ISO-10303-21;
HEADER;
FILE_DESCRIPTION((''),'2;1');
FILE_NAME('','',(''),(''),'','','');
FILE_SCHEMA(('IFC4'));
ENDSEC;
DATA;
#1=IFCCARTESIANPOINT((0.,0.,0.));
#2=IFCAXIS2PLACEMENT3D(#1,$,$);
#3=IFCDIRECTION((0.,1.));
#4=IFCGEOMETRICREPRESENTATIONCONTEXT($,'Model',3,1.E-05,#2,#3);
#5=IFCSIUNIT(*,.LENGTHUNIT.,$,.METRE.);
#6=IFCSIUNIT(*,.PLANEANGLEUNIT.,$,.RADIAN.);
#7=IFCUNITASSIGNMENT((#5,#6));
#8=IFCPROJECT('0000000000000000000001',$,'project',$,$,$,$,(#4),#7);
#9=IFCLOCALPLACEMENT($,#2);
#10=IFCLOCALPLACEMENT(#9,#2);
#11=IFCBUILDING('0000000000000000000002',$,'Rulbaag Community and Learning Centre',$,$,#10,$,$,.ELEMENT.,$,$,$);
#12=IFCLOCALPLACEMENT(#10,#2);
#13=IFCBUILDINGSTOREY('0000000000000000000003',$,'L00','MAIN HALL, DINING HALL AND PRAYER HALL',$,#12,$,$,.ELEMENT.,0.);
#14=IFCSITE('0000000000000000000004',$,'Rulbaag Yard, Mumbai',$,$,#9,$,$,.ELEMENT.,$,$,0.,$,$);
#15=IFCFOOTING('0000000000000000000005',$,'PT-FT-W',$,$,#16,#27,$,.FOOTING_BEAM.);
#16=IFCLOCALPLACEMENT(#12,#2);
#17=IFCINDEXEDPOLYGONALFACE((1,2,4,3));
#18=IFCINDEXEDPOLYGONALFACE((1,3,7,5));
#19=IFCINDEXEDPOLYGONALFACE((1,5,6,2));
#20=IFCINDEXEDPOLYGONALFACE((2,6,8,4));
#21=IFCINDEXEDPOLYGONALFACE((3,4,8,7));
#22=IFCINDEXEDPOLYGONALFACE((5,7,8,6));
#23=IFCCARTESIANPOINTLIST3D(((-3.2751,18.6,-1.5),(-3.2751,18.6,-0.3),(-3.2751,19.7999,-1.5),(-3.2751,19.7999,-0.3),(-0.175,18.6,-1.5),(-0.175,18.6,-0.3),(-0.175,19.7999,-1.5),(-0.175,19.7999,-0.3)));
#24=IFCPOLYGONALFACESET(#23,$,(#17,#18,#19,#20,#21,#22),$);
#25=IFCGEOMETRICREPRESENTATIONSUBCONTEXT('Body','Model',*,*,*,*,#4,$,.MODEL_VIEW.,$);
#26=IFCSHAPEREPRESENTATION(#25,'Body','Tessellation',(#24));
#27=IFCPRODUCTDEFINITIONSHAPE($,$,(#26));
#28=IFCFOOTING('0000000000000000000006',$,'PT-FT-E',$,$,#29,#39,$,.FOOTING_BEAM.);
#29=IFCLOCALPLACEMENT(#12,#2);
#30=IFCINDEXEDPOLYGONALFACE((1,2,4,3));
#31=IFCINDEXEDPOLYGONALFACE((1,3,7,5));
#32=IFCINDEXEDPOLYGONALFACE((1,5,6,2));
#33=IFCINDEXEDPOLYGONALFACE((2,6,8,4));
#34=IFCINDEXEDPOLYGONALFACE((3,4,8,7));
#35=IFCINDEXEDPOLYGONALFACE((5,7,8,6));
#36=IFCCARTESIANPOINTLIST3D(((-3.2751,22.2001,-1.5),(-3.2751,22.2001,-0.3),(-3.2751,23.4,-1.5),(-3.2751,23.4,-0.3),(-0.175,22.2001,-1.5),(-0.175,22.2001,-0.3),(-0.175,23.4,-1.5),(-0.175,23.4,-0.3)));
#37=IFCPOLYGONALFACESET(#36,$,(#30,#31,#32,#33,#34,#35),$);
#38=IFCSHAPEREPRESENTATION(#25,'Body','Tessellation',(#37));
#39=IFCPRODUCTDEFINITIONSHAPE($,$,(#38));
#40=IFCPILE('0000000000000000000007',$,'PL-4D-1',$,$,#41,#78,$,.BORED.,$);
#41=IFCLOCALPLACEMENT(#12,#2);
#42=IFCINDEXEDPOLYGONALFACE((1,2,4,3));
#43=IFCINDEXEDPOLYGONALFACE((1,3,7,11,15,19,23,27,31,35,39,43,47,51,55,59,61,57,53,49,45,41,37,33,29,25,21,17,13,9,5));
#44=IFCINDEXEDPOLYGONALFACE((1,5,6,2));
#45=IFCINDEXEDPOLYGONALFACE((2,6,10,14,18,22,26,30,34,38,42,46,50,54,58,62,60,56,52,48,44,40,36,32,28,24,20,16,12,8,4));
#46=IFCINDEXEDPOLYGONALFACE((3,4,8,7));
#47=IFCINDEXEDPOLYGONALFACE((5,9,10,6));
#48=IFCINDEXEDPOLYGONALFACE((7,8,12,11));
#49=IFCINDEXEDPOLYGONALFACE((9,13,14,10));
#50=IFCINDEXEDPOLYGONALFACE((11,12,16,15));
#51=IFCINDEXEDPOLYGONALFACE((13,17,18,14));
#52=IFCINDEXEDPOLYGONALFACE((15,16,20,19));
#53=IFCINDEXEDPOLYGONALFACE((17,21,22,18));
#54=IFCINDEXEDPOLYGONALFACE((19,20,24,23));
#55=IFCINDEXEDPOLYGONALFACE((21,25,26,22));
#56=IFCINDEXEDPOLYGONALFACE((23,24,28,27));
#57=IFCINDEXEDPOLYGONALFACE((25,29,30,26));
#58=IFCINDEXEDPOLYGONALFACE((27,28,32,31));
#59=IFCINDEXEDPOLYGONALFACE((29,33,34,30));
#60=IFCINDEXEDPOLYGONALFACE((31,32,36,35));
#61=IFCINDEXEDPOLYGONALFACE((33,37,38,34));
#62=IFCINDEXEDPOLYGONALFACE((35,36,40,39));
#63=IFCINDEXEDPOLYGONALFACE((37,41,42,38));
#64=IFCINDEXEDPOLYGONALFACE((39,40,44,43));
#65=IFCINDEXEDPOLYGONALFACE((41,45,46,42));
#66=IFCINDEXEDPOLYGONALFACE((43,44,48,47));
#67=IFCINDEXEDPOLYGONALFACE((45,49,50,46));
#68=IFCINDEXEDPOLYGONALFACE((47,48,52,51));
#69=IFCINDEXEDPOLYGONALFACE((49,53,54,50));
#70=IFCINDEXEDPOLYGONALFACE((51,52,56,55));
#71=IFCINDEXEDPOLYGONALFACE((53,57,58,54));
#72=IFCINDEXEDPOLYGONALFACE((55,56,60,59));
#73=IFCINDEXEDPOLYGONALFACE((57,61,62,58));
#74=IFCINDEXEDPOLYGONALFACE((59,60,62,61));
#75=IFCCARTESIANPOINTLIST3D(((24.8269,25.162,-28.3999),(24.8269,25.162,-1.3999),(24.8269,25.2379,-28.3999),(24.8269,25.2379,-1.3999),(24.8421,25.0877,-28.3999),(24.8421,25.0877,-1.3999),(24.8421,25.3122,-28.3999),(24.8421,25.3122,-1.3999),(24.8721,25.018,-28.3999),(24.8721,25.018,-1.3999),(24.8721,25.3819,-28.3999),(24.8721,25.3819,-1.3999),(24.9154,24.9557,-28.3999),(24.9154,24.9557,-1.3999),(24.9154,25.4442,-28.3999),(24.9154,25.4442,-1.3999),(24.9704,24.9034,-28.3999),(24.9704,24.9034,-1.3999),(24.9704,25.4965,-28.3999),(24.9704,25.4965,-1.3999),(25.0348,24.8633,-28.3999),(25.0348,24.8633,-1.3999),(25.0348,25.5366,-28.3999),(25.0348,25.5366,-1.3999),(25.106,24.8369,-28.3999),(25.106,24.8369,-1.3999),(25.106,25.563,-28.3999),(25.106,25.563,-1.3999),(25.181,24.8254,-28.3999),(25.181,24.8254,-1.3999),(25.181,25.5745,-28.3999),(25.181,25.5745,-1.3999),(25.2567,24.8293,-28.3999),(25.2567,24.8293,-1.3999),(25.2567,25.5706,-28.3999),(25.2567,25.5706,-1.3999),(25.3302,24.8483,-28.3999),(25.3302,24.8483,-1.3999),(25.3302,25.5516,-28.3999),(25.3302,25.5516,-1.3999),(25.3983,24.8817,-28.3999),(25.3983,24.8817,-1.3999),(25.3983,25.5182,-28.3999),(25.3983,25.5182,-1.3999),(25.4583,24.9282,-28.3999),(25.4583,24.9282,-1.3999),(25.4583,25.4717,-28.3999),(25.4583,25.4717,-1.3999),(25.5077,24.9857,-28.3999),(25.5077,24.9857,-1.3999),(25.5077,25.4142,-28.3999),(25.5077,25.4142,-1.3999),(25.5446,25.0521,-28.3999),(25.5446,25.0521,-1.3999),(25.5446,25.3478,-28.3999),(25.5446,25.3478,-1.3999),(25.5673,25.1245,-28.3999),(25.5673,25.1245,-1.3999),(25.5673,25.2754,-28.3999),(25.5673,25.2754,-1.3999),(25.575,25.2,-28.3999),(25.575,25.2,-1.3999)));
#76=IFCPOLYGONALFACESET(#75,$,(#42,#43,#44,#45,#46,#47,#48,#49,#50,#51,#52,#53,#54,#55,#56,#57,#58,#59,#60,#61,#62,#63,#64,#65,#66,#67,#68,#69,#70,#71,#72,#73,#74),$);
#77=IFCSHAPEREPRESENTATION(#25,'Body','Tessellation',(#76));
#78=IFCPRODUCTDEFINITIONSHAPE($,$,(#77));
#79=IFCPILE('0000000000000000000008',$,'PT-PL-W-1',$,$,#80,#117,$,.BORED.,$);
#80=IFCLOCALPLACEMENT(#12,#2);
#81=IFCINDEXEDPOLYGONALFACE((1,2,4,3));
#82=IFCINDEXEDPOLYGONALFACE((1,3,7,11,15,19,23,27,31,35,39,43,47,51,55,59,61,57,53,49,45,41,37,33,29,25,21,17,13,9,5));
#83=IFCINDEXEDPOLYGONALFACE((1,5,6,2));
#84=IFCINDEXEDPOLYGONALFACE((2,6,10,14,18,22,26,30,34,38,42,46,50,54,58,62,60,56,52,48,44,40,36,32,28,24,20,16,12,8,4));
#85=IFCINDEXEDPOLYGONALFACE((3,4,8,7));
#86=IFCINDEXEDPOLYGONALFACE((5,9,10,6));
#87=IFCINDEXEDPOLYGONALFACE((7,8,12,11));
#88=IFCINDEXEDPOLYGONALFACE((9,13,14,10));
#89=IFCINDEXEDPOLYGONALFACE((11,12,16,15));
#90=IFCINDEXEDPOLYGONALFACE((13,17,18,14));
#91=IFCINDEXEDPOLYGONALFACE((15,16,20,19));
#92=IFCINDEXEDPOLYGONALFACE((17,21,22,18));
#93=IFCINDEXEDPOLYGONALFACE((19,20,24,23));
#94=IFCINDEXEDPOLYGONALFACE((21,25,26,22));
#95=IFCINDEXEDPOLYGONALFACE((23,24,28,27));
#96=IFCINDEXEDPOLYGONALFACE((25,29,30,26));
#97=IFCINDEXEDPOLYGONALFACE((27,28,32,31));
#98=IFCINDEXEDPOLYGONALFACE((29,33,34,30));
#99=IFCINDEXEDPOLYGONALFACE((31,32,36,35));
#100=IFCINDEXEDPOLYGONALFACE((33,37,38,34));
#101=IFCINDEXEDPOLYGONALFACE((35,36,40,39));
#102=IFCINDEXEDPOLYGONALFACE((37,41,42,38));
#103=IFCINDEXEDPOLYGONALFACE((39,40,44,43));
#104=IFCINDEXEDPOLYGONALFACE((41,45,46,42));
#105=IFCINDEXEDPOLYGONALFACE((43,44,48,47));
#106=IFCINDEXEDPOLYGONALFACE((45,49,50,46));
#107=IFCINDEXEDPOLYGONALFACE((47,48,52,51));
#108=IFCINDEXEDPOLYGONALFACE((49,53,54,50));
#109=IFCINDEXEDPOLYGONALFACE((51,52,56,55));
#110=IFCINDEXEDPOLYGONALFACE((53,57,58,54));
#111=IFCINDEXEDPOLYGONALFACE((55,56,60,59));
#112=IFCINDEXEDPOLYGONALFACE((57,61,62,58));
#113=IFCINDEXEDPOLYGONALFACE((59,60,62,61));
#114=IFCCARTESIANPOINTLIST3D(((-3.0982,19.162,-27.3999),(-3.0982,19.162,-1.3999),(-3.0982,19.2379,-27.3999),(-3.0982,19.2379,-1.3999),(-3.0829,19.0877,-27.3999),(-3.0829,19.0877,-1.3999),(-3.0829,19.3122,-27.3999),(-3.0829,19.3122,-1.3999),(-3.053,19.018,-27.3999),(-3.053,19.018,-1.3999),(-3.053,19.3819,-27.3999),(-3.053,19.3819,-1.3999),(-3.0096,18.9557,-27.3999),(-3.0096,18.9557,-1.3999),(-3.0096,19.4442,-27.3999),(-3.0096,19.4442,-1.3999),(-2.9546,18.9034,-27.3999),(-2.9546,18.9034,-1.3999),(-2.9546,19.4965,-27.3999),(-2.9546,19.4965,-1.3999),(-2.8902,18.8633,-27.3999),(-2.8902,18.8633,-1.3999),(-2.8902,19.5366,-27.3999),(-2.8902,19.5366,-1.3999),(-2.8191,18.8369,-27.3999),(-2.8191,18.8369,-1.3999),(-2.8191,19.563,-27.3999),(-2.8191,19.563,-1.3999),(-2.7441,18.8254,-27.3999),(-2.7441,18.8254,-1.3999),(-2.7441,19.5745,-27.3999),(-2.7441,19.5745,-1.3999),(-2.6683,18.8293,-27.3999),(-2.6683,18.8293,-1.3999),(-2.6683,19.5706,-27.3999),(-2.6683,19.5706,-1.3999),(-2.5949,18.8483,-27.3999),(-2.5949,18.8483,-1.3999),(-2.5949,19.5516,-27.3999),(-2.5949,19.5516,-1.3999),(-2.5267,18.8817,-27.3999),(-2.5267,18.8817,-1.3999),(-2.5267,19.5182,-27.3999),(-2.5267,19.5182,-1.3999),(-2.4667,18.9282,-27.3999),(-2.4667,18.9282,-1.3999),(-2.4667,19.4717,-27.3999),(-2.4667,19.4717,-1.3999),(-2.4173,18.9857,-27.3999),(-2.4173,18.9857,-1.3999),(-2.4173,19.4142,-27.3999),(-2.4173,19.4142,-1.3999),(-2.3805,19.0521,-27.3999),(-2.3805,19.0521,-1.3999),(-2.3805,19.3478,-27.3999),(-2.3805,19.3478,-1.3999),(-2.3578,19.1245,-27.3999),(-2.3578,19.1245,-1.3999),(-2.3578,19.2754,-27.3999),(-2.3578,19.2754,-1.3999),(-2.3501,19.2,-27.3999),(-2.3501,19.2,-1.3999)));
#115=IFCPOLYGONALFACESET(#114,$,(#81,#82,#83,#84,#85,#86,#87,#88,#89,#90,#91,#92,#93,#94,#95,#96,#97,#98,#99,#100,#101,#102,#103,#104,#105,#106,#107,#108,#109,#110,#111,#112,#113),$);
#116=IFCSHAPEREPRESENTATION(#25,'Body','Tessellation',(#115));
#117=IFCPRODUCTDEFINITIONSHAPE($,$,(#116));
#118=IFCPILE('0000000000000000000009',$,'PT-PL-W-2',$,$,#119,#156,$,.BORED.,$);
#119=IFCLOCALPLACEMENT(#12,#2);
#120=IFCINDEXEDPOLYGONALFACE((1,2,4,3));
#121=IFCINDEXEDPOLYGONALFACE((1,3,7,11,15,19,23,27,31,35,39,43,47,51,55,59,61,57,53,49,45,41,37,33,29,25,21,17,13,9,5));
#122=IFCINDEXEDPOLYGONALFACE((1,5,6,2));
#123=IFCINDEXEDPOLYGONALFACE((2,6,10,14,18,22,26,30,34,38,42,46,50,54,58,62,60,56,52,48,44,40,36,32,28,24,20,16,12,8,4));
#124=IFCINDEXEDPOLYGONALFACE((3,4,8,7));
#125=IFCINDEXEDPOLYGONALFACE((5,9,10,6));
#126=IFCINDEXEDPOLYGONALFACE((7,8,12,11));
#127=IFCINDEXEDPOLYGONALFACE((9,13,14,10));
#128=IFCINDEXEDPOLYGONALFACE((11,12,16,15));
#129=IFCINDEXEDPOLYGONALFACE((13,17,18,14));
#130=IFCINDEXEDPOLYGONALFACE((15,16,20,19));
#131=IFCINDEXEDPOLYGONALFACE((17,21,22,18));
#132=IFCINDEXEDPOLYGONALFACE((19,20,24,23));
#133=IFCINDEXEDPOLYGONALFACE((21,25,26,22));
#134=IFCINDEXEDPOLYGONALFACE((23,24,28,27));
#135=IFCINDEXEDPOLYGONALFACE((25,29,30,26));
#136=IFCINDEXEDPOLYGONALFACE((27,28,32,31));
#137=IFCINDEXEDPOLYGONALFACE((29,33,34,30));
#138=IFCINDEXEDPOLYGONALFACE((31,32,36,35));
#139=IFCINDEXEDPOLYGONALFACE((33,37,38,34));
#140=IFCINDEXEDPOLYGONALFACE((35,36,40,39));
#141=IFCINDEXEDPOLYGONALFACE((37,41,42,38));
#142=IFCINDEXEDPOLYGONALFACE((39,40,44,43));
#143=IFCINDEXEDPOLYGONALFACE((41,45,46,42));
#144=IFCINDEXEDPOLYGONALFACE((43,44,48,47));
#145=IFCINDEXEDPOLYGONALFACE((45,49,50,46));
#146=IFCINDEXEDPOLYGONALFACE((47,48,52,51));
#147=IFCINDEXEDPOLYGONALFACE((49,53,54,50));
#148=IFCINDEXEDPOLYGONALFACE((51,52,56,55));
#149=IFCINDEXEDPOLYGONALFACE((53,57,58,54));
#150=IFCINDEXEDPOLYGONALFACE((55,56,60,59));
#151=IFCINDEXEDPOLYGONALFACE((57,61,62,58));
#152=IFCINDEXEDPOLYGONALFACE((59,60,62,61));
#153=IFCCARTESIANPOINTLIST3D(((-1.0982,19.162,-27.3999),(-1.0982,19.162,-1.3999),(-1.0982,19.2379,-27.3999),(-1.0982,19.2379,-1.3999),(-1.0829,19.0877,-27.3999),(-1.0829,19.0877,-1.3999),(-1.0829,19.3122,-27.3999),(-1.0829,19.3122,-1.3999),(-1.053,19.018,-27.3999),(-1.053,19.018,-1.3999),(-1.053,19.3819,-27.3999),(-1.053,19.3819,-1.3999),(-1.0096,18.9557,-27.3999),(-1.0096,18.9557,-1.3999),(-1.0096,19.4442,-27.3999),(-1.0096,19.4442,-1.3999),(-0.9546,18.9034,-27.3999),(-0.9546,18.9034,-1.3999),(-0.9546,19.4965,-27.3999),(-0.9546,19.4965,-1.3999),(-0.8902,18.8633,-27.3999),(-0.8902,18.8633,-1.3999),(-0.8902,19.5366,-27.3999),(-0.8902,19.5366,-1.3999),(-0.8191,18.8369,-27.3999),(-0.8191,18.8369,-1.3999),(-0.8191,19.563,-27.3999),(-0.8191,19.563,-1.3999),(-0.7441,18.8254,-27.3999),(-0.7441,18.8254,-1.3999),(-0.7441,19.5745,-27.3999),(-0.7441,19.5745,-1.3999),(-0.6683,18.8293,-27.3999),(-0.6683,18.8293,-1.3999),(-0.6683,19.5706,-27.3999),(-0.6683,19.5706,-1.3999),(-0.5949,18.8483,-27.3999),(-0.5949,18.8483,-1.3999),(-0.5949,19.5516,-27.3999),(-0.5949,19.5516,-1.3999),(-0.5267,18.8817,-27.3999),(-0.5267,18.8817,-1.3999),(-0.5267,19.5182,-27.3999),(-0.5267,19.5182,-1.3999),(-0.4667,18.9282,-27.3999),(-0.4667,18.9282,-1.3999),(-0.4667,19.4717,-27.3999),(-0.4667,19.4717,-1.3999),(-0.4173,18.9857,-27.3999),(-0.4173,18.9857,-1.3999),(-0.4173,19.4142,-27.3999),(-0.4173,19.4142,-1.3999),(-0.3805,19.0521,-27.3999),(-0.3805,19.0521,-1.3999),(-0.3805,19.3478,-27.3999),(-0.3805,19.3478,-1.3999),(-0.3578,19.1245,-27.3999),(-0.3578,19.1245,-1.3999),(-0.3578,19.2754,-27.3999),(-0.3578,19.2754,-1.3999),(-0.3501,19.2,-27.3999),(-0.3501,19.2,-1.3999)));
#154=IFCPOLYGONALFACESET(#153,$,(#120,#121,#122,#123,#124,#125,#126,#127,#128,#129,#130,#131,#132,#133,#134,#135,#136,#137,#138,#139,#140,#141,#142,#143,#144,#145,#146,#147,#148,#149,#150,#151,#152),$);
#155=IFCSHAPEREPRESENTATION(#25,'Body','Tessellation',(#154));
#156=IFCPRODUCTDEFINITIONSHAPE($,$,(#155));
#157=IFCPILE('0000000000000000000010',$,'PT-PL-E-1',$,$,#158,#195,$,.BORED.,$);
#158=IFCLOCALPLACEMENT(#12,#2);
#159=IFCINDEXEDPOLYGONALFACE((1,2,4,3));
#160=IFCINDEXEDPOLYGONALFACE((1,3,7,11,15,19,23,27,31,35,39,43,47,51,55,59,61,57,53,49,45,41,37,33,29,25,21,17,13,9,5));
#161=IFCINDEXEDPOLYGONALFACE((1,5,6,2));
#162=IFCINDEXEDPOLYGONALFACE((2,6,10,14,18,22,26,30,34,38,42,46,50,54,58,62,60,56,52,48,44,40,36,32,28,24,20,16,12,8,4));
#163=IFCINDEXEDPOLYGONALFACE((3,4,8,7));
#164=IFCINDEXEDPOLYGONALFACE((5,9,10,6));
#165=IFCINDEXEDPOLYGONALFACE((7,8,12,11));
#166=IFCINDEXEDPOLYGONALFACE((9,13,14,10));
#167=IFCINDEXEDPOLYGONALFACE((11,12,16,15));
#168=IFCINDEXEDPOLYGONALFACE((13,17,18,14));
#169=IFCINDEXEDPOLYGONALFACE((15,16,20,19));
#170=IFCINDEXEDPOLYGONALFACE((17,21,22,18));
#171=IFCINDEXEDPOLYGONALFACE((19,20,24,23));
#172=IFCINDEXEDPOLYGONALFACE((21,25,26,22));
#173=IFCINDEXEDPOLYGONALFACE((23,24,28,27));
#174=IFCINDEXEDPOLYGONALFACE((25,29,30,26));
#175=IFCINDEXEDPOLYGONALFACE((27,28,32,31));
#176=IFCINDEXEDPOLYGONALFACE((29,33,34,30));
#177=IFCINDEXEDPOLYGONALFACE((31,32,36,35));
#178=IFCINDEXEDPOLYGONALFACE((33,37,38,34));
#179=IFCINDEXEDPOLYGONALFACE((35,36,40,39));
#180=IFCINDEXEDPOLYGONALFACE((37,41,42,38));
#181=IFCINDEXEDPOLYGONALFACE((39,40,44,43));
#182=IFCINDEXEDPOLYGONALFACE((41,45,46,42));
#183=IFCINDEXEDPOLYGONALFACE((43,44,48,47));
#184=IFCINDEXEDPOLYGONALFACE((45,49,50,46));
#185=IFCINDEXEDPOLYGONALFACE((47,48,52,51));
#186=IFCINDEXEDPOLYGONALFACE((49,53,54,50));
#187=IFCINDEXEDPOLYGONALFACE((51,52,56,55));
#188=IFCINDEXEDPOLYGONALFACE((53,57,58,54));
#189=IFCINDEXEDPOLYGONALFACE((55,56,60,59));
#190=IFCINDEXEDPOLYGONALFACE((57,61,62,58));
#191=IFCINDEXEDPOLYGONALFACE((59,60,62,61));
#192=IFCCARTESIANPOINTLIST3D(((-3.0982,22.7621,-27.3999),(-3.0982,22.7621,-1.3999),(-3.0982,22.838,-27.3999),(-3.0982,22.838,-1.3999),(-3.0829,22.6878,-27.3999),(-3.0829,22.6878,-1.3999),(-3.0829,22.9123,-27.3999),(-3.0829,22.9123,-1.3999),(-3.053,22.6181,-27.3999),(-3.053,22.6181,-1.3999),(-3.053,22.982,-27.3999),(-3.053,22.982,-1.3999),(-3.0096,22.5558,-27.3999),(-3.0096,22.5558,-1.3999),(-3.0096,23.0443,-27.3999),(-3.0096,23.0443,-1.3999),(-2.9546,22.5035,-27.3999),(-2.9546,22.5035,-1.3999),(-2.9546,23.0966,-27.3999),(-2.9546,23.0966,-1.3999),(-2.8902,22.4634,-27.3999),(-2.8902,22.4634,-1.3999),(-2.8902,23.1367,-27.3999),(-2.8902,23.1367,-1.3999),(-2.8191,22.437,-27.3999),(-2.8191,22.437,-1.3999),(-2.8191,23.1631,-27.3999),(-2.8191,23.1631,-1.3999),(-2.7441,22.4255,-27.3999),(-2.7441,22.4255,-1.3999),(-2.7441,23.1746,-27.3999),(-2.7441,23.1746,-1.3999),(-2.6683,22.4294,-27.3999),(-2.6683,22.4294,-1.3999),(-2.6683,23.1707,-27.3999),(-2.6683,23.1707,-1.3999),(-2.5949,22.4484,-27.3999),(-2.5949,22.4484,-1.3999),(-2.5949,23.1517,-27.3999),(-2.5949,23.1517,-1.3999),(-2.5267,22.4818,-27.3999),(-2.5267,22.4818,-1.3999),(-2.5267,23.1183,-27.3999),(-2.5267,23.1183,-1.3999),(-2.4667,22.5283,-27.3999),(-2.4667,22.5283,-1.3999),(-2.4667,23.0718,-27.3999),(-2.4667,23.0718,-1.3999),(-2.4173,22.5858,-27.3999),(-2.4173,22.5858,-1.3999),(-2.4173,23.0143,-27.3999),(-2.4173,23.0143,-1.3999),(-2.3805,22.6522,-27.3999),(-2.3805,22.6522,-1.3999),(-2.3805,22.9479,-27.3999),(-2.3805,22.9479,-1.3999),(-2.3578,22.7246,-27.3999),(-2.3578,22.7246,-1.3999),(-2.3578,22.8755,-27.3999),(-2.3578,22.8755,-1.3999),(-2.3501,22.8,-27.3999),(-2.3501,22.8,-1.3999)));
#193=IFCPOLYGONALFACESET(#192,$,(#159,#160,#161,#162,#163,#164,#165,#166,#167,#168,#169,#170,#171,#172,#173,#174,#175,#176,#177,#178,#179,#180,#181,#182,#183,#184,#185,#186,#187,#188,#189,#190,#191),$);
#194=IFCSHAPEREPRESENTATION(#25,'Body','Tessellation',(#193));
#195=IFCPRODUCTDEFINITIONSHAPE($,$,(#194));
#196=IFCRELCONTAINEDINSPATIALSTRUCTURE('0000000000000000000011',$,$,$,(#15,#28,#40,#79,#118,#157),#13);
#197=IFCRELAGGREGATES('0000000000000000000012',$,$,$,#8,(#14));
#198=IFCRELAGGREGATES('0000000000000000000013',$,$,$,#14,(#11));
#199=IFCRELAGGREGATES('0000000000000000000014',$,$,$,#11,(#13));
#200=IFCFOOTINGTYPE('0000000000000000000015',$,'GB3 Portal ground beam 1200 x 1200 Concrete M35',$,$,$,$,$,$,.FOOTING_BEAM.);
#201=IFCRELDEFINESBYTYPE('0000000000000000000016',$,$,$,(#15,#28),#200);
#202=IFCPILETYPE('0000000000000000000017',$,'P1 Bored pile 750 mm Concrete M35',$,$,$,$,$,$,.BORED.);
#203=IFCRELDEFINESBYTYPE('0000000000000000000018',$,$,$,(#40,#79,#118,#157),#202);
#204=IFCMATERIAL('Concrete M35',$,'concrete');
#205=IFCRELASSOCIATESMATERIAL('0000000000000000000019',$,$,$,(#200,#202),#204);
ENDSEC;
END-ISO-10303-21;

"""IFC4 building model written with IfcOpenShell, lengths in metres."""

from ifc_helpers import new_model, si_unit, direction, frame, origin, origin_2d, place, context, subcontext, project, spatial, rectangle, circle, extrude, material, material_profile, profile_set, type_object, element, save


model = new_model("IFC4")

# Units and contexts
model_context = context("Model", 3, precision=1e-05, world=origin(), true_north=direction((0.0, 1.0)))
body_context = subcontext(model_context, "Body", "Model", "MODEL_VIEW")
ifc_project = project(units=[si_unit("LENGTHUNIT", "METRE"), si_unit("PLANEANGLEUNIT", "RADIAN")], contexts=[model_context])

# Site, building, storey
site_placement = place(None, origin())
site = spatial("IfcSite", under=ifc_project, at=site_placement, Name="Rulbaag Yard, Mumbai", CompositionType="ELEMENT", RefElevation=0.0)
building_placement = place(site_placement, origin())
building = spatial("IfcBuilding", under=site, at=building_placement, Name="Rulbaag Community and Learning Centre", CompositionType="ELEMENT")
storey_placement = place(building_placement, origin())
storey = spatial("IfcBuildingStorey", under=building, at=storey_placement, Name="L00", Description="MAIN HALL, DINING HALL AND PRAYER HALL", CompositionType="ELEMENT", Elevation=0.0)

# Footings
ifc_material_1 = material(Name="Concrete M35", Category="concrete")
footing_type_1 = type_object("IfcFootingType", Name="GB3 Portal ground beam 1200 x 1200 Concrete M35", PredefinedType="FOOTING_BEAM", material=ifc_material_1)
for number, where, z_axis, x_axis, name in (
    (1, (-1.7251, 19.2, -1.5), (0.0, 0.0, 1.0), (1.0, 0.0, 0.0), "PT-FT-W"),
    (2, (-1.7251, 22.8, -1.5), (0.0, 0.0, 1.0), (1.0, 0.0, 0.0), "PT-FT-E"),
):
    element("IfcFooting", number, at=place(storey_placement, frame(where, z_axis=z_axis, x_axis=x_axis)), inside=storey, type_object=footing_type_1, Name=name, PredefinedType="FOOTING_BEAM", context=body_context, shape_type="SweptSolid", body=[
        extrude(rectangle(XDim=3.1001, YDim=1.2, at=origin_2d()), origin(), (0.0, 0.0, 1.0), 1.2),
    ])

# Piles
ifc_material_profile_1 = material_profile(ifc_material_1, circle(Radius=0.375, at=origin_2d()), Name="BP750")
ifc_profile_set_1 = profile_set([ifc_material_profile_1], Name="Concrete M35")
pile_type = type_object("IfcPileType", Name="P1 Bored pile 750 mm Concrete M35", PredefinedType="BORED", material=ifc_profile_set_1)
pile_placement = place(storey_placement, frame((25.2, 25.2, -1.3999), z_axis=(0.0, 0.0, -1.0), x_axis=(1.0, 0.0, 0.0)))
element("IfcPile", 3, at=pile_placement, inside=storey, type_object=pile_type, Name="PL-4D-1", PredefinedType="BORED", context=body_context, shape_type="SweptSolid", body=[
    extrude(circle(Radius=0.375, at=origin_2d()), origin(), (0.0, 0.0, 1.0), 27.0),
])
for number, where, z_axis, x_axis, name in (
    (4, (-2.7251, 19.2, -1.3999), (0.0, 0.0, -1.0), (1.0, 0.0, 0.0), "PT-PL-W-1"),
    (5, (-0.7251, 19.2, -1.3999), (0.0, 0.0, -1.0), (1.0, 0.0, 0.0), "PT-PL-W-2"),
    (6, (-2.7251, 22.8, -1.3999), (0.0, 0.0, -1.0), (1.0, 0.0, 0.0), "PT-PL-E-1"),
):
    element("IfcPile", number, at=place(storey_placement, frame(where, z_axis=z_axis, x_axis=x_axis)), inside=storey, type_object=pile_type, Name=name, PredefinedType="BORED", context=body_context, shape_type="SweptSolid", body=[
        extrude(circle(Radius=0.375, at=origin_2d()), origin(), (0.0, 0.0, 1.0), 26.0),
    ])

save(model, "model.ifc")
